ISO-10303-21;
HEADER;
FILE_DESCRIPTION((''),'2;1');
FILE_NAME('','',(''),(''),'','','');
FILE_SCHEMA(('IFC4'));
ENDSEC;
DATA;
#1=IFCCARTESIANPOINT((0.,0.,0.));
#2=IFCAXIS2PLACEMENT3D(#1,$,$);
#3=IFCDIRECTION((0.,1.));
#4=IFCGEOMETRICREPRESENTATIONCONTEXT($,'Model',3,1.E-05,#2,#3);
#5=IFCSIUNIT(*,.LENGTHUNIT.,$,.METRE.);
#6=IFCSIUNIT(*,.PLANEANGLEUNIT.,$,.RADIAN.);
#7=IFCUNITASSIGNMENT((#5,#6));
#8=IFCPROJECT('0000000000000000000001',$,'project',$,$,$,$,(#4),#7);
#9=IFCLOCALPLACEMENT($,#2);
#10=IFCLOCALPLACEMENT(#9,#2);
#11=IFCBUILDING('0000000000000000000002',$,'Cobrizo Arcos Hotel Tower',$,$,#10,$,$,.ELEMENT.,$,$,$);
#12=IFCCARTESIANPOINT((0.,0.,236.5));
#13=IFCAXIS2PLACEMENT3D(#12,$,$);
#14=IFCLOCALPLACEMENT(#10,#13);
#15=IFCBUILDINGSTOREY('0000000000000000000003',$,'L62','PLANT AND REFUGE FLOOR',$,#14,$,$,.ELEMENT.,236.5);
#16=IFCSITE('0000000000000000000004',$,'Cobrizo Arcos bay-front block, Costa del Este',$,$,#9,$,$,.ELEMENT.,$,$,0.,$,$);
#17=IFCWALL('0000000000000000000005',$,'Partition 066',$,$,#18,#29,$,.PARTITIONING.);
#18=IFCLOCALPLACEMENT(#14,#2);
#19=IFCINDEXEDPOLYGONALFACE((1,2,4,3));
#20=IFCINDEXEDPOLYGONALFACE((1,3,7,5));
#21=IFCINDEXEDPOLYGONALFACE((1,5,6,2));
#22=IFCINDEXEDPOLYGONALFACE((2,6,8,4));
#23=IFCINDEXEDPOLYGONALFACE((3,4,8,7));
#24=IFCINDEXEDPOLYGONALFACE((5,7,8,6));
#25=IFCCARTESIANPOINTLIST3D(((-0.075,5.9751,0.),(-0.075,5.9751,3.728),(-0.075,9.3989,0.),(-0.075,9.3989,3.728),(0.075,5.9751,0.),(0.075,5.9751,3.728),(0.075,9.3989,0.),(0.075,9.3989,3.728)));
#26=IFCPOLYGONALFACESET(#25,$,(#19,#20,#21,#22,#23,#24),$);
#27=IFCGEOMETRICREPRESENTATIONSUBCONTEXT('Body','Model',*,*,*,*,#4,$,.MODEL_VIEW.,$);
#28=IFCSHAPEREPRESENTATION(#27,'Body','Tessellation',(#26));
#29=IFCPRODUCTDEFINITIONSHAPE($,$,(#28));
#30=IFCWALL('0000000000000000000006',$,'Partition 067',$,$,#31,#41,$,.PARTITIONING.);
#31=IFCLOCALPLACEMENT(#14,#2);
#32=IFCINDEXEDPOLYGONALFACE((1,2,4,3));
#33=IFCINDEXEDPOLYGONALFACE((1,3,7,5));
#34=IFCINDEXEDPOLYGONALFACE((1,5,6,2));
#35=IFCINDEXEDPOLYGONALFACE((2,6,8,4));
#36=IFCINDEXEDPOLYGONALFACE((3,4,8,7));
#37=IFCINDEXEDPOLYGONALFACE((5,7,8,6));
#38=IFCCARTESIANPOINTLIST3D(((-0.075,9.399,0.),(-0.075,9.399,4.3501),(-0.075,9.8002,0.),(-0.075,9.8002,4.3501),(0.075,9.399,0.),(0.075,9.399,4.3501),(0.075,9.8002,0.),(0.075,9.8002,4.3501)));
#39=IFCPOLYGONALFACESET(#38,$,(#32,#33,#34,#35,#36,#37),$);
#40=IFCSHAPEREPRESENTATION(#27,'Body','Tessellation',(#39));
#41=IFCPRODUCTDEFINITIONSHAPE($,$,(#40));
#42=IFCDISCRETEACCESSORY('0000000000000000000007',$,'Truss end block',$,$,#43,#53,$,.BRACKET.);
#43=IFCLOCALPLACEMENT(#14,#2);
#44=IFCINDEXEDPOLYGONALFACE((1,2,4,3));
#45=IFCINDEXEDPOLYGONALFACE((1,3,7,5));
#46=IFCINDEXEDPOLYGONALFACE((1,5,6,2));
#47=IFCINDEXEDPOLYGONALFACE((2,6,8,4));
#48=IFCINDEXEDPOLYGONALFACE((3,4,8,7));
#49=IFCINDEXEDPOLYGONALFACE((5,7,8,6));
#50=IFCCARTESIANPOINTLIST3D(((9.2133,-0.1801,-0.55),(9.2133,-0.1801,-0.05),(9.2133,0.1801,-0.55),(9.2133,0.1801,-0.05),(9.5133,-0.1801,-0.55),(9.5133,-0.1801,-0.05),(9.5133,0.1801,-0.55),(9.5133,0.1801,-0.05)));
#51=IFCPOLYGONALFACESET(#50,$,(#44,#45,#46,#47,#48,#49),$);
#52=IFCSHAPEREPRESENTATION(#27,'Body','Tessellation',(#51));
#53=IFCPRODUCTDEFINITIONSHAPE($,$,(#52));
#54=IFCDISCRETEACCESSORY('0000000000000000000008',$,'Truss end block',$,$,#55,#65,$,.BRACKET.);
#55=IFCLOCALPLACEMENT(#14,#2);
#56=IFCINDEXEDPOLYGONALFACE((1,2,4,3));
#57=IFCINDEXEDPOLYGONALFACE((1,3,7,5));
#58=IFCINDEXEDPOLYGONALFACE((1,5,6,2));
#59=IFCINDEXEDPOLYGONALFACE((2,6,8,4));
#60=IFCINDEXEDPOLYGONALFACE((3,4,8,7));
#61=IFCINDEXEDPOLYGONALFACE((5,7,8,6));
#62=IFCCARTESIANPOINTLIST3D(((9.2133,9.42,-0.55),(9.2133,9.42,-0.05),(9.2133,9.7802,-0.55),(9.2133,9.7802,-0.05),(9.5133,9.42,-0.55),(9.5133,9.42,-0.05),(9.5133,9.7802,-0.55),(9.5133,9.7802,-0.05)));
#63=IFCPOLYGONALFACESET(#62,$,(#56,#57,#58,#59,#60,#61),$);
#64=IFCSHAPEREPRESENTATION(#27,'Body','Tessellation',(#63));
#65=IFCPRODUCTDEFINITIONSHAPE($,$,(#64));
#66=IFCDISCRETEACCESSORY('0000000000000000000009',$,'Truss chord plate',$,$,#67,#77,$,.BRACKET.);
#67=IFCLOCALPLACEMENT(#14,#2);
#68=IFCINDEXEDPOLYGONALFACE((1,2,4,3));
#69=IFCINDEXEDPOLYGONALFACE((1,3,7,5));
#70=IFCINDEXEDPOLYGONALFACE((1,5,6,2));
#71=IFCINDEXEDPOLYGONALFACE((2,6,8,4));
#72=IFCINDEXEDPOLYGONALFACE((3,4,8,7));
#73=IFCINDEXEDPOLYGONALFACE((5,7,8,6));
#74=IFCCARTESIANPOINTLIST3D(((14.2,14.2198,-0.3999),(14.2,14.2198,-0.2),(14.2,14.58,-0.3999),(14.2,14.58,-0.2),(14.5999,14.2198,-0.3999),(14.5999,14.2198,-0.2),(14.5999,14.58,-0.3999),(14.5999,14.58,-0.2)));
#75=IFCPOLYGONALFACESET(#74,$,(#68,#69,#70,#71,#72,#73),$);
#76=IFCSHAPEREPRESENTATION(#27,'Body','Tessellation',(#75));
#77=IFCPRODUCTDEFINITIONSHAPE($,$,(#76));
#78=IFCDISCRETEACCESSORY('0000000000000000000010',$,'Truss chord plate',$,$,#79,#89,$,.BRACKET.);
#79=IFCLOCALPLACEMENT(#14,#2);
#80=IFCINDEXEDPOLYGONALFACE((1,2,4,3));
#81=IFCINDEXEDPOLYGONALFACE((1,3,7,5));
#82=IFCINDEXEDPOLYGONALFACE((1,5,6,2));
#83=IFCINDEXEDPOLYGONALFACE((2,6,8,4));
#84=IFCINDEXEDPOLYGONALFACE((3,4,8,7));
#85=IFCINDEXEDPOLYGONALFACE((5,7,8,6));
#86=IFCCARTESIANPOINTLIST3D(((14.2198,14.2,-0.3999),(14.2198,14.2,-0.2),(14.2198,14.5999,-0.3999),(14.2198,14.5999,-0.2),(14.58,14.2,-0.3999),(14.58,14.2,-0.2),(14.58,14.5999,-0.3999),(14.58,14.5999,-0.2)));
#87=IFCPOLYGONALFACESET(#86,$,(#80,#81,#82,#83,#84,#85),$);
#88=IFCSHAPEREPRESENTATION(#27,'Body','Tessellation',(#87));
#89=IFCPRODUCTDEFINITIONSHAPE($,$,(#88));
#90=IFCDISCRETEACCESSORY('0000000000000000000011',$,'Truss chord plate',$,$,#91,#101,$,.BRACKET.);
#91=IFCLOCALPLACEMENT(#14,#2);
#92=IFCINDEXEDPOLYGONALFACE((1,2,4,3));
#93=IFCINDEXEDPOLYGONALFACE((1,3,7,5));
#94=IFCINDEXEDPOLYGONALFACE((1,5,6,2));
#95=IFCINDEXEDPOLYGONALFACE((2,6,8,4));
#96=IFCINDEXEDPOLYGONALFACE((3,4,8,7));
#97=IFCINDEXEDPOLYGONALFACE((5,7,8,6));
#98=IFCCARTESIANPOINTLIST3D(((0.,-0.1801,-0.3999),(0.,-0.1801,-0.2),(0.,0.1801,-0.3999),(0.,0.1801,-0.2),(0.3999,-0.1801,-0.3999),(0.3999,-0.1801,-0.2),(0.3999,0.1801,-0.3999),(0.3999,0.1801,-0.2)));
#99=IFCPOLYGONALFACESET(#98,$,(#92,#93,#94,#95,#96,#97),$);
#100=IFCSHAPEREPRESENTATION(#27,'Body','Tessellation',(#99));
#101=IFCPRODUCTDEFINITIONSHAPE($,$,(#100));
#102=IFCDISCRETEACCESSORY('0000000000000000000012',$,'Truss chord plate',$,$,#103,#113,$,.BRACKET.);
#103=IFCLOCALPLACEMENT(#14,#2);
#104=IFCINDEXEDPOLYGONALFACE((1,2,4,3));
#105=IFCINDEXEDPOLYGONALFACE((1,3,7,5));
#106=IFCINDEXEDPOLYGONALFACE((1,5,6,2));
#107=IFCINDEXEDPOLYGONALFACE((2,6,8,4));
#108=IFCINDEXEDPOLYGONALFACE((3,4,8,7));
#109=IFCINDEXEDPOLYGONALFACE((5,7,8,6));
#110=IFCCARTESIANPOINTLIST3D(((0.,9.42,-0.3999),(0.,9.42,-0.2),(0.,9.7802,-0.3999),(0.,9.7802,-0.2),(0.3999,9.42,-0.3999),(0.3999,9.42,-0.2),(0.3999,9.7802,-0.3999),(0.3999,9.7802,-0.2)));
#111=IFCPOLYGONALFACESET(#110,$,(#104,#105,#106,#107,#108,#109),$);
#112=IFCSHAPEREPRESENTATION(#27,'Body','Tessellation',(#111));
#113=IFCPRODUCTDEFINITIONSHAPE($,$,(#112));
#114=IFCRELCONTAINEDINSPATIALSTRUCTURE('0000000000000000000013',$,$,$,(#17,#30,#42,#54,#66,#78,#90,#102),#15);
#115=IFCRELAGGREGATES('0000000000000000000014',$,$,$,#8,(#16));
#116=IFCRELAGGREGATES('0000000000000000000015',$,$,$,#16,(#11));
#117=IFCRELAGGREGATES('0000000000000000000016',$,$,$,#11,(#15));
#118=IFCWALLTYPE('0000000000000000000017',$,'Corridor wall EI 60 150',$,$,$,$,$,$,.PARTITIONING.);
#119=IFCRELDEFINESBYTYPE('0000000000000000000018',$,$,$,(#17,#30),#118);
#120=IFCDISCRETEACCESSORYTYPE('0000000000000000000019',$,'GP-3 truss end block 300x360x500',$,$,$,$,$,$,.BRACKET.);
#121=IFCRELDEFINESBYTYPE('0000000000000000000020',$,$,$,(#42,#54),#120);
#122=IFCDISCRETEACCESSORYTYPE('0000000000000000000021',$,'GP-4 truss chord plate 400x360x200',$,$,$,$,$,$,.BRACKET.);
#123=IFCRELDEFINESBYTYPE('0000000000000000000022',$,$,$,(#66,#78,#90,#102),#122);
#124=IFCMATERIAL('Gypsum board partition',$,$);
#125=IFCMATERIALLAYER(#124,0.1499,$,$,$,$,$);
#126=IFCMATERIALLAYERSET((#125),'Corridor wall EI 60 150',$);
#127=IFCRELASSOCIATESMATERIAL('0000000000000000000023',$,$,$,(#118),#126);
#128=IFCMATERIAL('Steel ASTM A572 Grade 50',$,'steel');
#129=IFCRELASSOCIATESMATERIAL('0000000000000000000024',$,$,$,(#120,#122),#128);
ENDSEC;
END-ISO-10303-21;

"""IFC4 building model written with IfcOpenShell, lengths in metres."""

from ifc_helpers import new_model, si_unit, direction, frame, frame_2d, origin, origin_2d, place, context, subcontext, project, spatial, rectangle, extrude, material, layer, layer_set, type_object, element, save


model = new_model("IFC4")

# Units and contexts
model_context = context("Model", 3, precision=1e-05, world=origin(), true_north=direction((0.0, 1.0)))
body_context = subcontext(model_context, "Body", "Model", "MODEL_VIEW")
ifc_project = project(units=[si_unit("LENGTHUNIT", "METRE"), si_unit("PLANEANGLEUNIT", "RADIAN")], contexts=[model_context])

# Site, building, storey
site_placement = place(None, origin())
site = spatial("IfcSite", under=ifc_project, at=site_placement, Name="Cobrizo Arcos bay-front block, Costa del Este", CompositionType="ELEMENT", RefElevation=0.0)
building_placement = place(site_placement, origin())
building = spatial("IfcBuilding", under=site, at=building_placement, Name="Cobrizo Arcos Hotel Tower", CompositionType="ELEMENT")
storey_placement = place(building_placement, frame((0.0, 0.0, 236.5)))
storey = spatial("IfcBuildingStorey", under=building, at=storey_placement, Name="L62", Description="PLANT AND REFUGE FLOOR", CompositionType="ELEMENT", Elevation=236.5)

# Walls
ifc_material_1 = material(Name="Gypsum board partition")
ifc_layer = layer(ifc_material_1, 0.1499)
ifc_layer_set = layer_set([ifc_layer], Name="Corridor wall EI 60 150")
wall_type = type_object("IfcWallType", Name="Corridor wall EI 60 150", PredefinedType="PARTITIONING", material=ifc_layer_set)
wall_1_placement = place(storey_placement, frame((0.0, 5.9751, 0.0), z_axis=(0.0, 0.0, 1.0), x_axis=(0.0, 1.0, 0.0)))
element("IfcWall", 1, at=wall_1_placement, inside=storey, type_object=wall_type, Name="Partition 066", PredefinedType="PARTITIONING", context=body_context, shape_type="SweptSolid", body=[
    extrude(rectangle(XDim=3.4238, YDim=0.1499, at=frame_2d((1.7119, 0.0))), origin(), (0.0, 0.0, 1.0), 3.728),
])
wall_2_placement = place(storey_placement, frame((0.0, 9.3989, 0.0), z_axis=(0.0, 0.0, 1.0), x_axis=(0.0, 1.0, 0.0)))
element("IfcWall", 2, at=wall_2_placement, inside=storey, type_object=wall_type, Name="Partition 067", PredefinedType="PARTITIONING", context=body_context, shape_type="SweptSolid", body=[
    extrude(rectangle(XDim=0.4011, YDim=0.1499, at=frame_2d((0.2007, 0.0))), origin(), (0.0, 0.0, 1.0), 4.3501),
])

# Discrete accessories
ifc_material_2 = material(Name="Steel ASTM A572 Grade 50", Category="steel")
discrete_accessory_type_1 = type_object("IfcDiscreteAccessoryType", Name="GP-3 truss end block 300x360x500", PredefinedType="BRACKET", material=ifc_material_2)
for number, where, z_axis, x_axis, name in (
    (3, (9.3633, 0.0, -0.55), (0.0, 0.0, 1.0), (-1.0, 0.0, 0.0), "Truss end block"),
    (4, (9.3633, 9.6001, -0.55), (0.0, 0.0, 1.0), (-1.0, 0.0, 0.0), "Truss end block"),
):
    element("IfcDiscreteAccessory", number, at=place(storey_placement, frame(where, z_axis=z_axis, x_axis=x_axis)), inside=storey, type_object=discrete_accessory_type_1, Name=name, PredefinedType="BRACKET", context=body_context, shape_type="SweptSolid", body=[
        extrude(rectangle(XDim=0.3, YDim=0.3601, at=origin_2d()), origin(), (0.0, 0.0, 1.0), 0.5),
    ])
discrete_accessory_type_2 = type_object("IfcDiscreteAccessoryType", Name="GP-4 truss chord plate 400x360x200", PredefinedType="BRACKET", material=ifc_material_2)
for number, where, z_axis, x_axis, name in (
    (5, (14.3999, 14.3999, -0.3999), (0.0, 0.0, 1.0), (-1.0, 0.0, 0.0), "Truss chord plate"),
    (6, (14.3999, 14.3999, -0.3999), (0.0, 0.0, 1.0), (0.0, 1.0, 0.0), "Truss chord plate"),
    (7, (0.2, 0.0, -0.3999), (0.0, 0.0, 1.0), (1.0, 0.0, 0.0), "Truss chord plate"),
    (8, (0.2, 9.6001, -0.3999), (0.0, 0.0, 1.0), (1.0, 0.0, 0.0), "Truss chord plate"),
):
    element("IfcDiscreteAccessory", number, at=place(storey_placement, frame(where, z_axis=z_axis, x_axis=x_axis)), inside=storey, type_object=discrete_accessory_type_2, Name=name, PredefinedType="BRACKET", context=body_context, shape_type="SweptSolid", body=[
        extrude(rectangle(XDim=0.3999, YDim=0.3601, at=origin_2d()), origin(), (0.0, 0.0, 1.0), 0.2),
    ])

save(model, "model.ifc")
